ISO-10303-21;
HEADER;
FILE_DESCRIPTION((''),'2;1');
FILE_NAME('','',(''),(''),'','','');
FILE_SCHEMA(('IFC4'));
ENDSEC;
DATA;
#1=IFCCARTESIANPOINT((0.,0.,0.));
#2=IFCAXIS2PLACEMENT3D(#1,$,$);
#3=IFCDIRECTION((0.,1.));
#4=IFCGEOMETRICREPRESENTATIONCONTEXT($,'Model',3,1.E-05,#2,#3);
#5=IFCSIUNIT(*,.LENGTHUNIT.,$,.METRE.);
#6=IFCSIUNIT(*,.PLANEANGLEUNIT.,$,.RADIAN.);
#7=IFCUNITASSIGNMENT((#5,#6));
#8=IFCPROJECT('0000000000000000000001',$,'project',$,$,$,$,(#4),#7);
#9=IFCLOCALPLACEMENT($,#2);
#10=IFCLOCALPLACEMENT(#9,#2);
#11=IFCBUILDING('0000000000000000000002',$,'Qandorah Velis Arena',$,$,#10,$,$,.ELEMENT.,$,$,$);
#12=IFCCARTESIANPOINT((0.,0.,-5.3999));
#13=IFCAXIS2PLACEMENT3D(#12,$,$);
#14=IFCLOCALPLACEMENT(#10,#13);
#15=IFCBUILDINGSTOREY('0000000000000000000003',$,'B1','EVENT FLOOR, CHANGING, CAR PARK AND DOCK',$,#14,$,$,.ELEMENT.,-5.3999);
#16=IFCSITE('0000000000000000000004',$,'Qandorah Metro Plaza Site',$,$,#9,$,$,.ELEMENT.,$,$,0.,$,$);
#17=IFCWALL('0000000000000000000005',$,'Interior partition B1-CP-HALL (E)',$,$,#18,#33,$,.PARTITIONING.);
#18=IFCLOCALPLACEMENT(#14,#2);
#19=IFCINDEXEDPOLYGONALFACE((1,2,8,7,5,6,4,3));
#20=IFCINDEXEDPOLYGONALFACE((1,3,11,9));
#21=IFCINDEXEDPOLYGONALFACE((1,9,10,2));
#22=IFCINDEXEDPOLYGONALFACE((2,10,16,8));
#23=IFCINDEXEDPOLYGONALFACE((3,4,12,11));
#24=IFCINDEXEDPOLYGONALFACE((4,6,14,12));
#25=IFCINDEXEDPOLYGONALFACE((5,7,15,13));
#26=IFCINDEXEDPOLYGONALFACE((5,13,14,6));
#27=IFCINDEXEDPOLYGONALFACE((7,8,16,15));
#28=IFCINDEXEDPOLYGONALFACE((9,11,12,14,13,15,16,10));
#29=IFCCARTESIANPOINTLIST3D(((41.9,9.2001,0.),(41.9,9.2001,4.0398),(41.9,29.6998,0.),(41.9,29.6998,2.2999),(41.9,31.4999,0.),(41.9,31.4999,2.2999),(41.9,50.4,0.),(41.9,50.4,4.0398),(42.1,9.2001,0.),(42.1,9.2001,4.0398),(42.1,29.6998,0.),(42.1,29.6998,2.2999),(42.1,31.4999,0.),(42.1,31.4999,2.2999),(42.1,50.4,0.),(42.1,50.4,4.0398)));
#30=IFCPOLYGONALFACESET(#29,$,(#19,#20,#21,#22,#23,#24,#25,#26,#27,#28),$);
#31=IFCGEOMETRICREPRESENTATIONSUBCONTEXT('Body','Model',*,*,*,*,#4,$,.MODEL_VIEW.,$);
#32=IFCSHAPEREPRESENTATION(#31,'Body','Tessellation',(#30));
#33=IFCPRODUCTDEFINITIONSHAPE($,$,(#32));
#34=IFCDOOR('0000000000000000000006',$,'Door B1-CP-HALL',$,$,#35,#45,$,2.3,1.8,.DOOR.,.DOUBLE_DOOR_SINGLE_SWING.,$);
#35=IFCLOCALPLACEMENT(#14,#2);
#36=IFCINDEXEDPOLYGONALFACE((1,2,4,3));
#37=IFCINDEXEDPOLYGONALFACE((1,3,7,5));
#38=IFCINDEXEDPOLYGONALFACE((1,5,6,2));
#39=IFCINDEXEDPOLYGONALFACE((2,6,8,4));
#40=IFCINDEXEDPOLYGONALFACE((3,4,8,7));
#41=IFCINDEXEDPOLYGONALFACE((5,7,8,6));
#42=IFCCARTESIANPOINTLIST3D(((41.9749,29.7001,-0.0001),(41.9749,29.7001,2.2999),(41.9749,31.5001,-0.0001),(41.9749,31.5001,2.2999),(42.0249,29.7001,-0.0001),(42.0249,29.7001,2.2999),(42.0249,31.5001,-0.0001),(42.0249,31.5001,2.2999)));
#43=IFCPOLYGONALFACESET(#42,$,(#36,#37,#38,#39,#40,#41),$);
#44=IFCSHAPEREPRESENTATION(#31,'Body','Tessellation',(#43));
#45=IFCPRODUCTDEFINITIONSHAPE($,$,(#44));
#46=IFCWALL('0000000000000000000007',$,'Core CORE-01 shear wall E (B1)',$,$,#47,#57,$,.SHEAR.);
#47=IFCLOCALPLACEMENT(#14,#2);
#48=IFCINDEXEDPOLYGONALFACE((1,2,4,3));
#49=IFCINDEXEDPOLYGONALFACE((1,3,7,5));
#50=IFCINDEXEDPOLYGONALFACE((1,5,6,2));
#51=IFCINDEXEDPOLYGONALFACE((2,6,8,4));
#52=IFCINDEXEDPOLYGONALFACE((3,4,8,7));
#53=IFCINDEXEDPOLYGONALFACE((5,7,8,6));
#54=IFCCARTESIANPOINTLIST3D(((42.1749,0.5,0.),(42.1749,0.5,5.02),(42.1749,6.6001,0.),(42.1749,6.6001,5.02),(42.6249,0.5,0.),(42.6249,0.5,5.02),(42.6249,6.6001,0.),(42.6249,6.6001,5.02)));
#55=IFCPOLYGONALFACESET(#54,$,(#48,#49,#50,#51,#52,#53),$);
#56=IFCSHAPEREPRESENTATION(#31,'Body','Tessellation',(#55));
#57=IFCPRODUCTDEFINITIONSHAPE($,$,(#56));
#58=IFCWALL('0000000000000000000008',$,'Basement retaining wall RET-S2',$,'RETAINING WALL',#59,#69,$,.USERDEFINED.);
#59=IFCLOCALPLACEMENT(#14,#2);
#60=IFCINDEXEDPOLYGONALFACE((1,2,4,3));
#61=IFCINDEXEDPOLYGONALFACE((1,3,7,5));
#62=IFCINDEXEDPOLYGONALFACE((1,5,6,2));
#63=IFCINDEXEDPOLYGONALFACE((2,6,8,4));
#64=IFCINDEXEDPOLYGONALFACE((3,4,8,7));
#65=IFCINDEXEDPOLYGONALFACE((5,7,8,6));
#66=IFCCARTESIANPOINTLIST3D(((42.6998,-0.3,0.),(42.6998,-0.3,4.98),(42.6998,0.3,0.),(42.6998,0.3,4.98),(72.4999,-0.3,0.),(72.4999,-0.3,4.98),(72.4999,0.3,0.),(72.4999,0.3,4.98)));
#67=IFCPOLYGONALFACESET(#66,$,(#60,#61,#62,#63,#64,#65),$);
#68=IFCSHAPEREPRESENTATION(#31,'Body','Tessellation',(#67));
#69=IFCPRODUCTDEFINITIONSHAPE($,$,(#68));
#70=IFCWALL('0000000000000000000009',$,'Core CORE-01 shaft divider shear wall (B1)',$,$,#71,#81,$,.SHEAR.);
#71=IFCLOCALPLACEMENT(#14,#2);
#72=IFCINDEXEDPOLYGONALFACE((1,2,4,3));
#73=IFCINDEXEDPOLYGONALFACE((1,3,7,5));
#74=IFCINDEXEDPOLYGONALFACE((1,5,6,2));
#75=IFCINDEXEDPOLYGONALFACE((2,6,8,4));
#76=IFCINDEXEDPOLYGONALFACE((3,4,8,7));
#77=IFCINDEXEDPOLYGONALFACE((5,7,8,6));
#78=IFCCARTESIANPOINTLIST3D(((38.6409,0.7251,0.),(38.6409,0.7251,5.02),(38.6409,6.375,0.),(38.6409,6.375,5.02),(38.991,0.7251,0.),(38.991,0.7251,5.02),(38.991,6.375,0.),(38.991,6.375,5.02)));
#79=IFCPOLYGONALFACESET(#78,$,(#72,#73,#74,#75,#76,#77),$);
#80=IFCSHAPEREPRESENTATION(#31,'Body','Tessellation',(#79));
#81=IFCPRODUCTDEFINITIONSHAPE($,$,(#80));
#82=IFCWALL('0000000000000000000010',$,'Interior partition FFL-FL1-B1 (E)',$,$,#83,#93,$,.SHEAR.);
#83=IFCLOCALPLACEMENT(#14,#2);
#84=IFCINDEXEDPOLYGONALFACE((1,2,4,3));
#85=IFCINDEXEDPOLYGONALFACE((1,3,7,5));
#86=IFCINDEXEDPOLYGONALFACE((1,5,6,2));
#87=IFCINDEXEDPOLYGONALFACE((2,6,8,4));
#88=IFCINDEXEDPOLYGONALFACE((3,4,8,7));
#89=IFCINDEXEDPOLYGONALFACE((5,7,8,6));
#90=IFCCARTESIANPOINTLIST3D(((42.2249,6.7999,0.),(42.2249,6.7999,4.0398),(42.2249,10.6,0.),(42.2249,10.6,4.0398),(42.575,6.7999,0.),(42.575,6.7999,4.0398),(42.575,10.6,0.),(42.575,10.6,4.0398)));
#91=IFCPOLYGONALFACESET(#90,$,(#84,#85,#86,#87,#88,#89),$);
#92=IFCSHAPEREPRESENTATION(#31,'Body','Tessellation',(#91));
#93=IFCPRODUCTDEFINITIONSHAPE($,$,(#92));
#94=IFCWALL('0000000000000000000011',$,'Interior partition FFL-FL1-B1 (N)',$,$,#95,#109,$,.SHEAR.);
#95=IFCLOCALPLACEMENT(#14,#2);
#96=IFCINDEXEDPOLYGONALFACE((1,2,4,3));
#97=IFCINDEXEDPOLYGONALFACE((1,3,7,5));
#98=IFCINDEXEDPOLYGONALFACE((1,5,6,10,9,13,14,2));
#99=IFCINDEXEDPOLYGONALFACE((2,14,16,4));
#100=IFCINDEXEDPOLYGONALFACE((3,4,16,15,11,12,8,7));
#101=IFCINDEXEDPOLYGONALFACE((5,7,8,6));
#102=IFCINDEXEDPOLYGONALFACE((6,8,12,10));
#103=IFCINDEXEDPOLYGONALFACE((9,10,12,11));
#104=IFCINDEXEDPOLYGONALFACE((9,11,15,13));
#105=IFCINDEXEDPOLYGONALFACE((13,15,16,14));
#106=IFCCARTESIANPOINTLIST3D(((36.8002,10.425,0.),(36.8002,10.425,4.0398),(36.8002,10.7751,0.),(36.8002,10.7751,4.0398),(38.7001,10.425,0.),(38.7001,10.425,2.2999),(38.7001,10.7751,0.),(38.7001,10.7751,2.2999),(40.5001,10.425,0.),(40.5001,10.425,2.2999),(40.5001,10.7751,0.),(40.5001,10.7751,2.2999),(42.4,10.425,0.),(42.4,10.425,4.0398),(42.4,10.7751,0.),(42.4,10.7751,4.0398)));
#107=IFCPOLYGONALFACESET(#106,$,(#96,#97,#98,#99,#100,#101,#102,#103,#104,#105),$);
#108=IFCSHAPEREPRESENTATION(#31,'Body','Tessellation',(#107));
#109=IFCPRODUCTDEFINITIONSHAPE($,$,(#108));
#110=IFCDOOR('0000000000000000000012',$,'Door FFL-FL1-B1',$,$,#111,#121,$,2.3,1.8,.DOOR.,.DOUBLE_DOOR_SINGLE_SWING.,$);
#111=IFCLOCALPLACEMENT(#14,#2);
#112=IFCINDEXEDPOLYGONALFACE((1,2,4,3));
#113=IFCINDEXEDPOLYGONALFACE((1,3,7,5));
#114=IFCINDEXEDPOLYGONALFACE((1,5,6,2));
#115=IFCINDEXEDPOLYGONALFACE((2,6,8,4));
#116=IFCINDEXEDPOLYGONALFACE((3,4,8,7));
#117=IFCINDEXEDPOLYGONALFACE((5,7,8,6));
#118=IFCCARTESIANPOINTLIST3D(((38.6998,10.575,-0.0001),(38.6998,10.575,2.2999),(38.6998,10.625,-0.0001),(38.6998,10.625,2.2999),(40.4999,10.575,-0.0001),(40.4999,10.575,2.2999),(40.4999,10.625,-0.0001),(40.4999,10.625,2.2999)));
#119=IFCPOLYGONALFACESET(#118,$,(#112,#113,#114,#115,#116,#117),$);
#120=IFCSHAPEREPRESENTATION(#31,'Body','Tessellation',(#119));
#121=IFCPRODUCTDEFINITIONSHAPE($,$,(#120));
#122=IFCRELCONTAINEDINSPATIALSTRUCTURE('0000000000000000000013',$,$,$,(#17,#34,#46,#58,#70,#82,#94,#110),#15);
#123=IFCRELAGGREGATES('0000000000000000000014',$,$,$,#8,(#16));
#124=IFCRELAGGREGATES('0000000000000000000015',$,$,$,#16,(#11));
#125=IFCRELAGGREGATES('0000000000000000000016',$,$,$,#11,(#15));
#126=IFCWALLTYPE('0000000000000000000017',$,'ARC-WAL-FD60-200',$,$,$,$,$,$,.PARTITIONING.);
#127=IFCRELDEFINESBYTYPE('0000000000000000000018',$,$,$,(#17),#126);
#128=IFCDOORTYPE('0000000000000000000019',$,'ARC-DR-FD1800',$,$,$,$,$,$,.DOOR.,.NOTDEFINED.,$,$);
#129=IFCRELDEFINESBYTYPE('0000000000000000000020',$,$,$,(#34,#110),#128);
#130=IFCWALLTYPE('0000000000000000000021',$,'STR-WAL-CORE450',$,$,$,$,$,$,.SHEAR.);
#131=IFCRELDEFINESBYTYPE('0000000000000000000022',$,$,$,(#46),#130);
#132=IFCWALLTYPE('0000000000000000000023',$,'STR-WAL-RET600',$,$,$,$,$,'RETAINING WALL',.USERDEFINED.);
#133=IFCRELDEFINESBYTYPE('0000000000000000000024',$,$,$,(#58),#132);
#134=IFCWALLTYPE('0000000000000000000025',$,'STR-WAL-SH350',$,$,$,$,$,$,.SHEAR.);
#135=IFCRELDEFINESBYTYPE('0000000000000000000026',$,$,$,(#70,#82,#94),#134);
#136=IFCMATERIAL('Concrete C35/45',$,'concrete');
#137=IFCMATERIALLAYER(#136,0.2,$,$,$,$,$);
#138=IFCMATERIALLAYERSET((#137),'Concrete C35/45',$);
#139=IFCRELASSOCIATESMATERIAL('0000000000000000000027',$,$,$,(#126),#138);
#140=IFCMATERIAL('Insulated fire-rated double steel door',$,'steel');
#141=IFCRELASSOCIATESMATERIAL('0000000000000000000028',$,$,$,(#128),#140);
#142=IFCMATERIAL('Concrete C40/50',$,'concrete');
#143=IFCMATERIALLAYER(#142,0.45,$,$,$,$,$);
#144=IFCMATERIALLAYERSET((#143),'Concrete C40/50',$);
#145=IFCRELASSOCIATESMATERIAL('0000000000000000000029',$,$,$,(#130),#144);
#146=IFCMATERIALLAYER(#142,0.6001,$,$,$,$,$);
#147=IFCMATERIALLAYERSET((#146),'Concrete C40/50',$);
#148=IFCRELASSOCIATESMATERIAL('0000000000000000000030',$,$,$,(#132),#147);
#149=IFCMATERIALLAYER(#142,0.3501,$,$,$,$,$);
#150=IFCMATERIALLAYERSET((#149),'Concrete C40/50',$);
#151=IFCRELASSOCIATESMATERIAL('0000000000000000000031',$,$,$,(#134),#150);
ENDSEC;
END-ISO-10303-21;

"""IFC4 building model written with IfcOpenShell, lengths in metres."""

from ifc_helpers import new_model, si_unit, direction, frame, frame_2d, origin, place, context, subcontext, project, spatial, rectangle, extrude, material, layer, layer_set, type_object, element, fill, save


model = new_model("IFC4")

# Units and contexts
model_context = context("Model", 3, precision=1e-05, world=origin(), true_north=direction((0.0, 1.0)))
body_context = subcontext(model_context, "Body", "Model", "MODEL_VIEW")
ifc_project = project(units=[si_unit("LENGTHUNIT", "METRE"), si_unit("PLANEANGLEUNIT", "RADIAN")], contexts=[model_context])

# Site, building, storey
site_placement = place(None, origin())
site = spatial("IfcSite", under=ifc_project, at=site_placement, Name="Qandorah Metro Plaza Site", CompositionType="ELEMENT", RefElevation=0.0)
building_placement = place(site_placement, origin())
building = spatial("IfcBuilding", under=site, at=building_placement, Name="Qandorah Velis Arena", CompositionType="ELEMENT")
storey_placement = place(building_placement, frame((0.0, 0.0, -5.3999)))
storey = spatial("IfcBuildingStorey", under=building, at=storey_placement, Name="B1", Description="EVENT FLOOR, CHANGING, CAR PARK AND DOCK", CompositionType="ELEMENT", Elevation=-5.3999)

# Shared definitions
ifc_material_1 = material(Name="Concrete C40/50", Category="concrete")

# Wall, opening, door
ifc_material_2 = material(Name="Concrete C35/45", Category="concrete")
ifc_layer_1 = layer(ifc_material_2, 0.2)
ifc_layer_set_1 = layer_set([ifc_layer_1], Name="Concrete C35/45")
wall_type_1 = type_object("IfcWallType", Name="ARC-WAL-FD60-200", PredefinedType="PARTITIONING", material=ifc_layer_set_1)
wall_1_placement = place(storey_placement, frame((42.0, 9.2, 0.0), z_axis=(0.0, 0.0, 1.0), x_axis=(0.0, 1.0, 0.0)))
wall_1 = element("IfcWall", 1, at=wall_1_placement, inside=storey, type_object=wall_type_1, Name="Interior partition B1-CP-HALL (E)", PredefinedType="PARTITIONING", context=body_context, shape_type="SweptSolid", body=[
    extrude(rectangle(XDim=41.2, YDim=0.2, at=frame_2d((20.6001, 0.0))), origin(), (0.0, 0.0, 1.0), 4.0398),
])
opening_1_placement = place(wall_1_placement, frame((20.5, 0.0, 0.0)))
opening_1 = element("IfcOpeningElement", 2, at=opening_1_placement, cuts=wall_1, PredefinedType="OPENING", context=body_context, shape_type="SweptSolid", body=[
    extrude(rectangle(XDim=1.8, YDim=2.3, at=frame_2d((0.8999, 1.1499))), frame((0.0, 0.1099, 0.0), z_axis=(0.0, -1.0, 0.0), x_axis=(1.0, 0.0, 0.0)), (0.0, 0.0, 1.0), 0.22),
])
ifc_material_3 = material(Name="Insulated fire-rated double steel door", Category="steel")
door_type = type_object("IfcDoorType", Name="ARC-DR-FD1800", OperationType="NOTDEFINED", PredefinedType="DOOR", material=ifc_material_3)
door_1_placement = place(opening_1_placement, frame((1.8, 0.0, 0.0), z_axis=(0.0, 0.0, 1.0), x_axis=(-1.0, 0.0, 0.0)))
door_1 = element("IfcDoor", 3, at=door_1_placement, inside=storey, type_object=door_type, Name="Door B1-CP-HALL", OperationType="DOUBLE_DOOR_SINGLE_SWING", OverallHeight=2.3, OverallWidth=1.8, PredefinedType="DOOR", context=body_context, shape_type="SweptSolid", body=[
    extrude(rectangle(XDim=1.8, YDim=2.3, at=frame_2d((0.8999, 1.1499))), frame((0.0, 0.0249, 0.0), z_axis=(0.0, -1.0, 0.0), x_axis=(1.0, 0.0, 0.0)), (0.0, 0.0, 1.0), 0.05),
])
fill(opening_1, door_1)

# Walls
ifc_layer_2 = layer(ifc_material_1, 0.45)
ifc_layer_set_2 = layer_set([ifc_layer_2], Name="Concrete C40/50")
wall_type_2 = type_object("IfcWallType", Name="STR-WAL-CORE450", PredefinedType="SHEAR", material=ifc_layer_set_2)
wall_2_placement = place(storey_placement, frame((42.3999, 0.5, 0.0), z_axis=(0.0, 0.0, 1.0), x_axis=(0.0, 1.0, 0.0)))
element("IfcWall", 4, at=wall_2_placement, inside=storey, type_object=wall_type_2, Name="Core CORE-01 shear wall E (B1)", PredefinedType="SHEAR", context=body_context, shape_type="SweptSolid", body=[
    extrude(rectangle(XDim=6.1001, YDim=0.45, at=frame_2d((3.05, 0.0))), origin(), (0.0, 0.0, 1.0), 5.02),
])
ifc_layer_3 = layer(ifc_material_1, 0.6001)
ifc_layer_set_3 = layer_set([ifc_layer_3], Name="Concrete C40/50")
wall_type_3 = type_object("IfcWallType", Name="STR-WAL-RET600", ElementType="RETAINING WALL", PredefinedType="USERDEFINED", material=ifc_layer_set_3)
wall_3_placement = place(storey_placement, frame((42.7, 0.0, 0.0), z_axis=(0.0, 0.0, 1.0), x_axis=(1.0, 0.0, 0.0)))
element("IfcWall", 5, at=wall_3_placement, inside=storey, type_object=wall_type_3, Name="Basement retaining wall RET-S2", ObjectType="RETAINING WALL", PredefinedType="USERDEFINED", context=body_context, shape_type="SweptSolid", body=[
    extrude(rectangle(XDim=29.8, YDim=0.6001, at=frame_2d((14.8999, 0.0))), origin(), (0.0, 0.0, 1.0), 4.98),
])
ifc_layer_4 = layer(ifc_material_1, 0.3501)
ifc_layer_set_4 = layer_set([ifc_layer_4], Name="Concrete C40/50")
wall_type_4 = type_object("IfcWallType", Name="STR-WAL-SH350", PredefinedType="SHEAR", material=ifc_layer_set_4)
wall_4_placement = place(storey_placement, frame((38.8159, 0.7251, 0.0), z_axis=(0.0, 0.0, 1.0), x_axis=(0.0, 1.0, 0.0)))
element("IfcWall", 6, at=wall_4_placement, inside=storey, type_object=wall_type_4, Name="Core CORE-01 shaft divider shear wall (B1)", PredefinedType="SHEAR", context=body_context, shape_type="SweptSolid", body=[
    extrude(rectangle(XDim=5.6499, YDim=0.3501, at=frame_2d((2.825, 0.0))), origin(), (0.0, 0.0, 1.0), 5.02),
])
wall_5_placement = place(storey_placement, frame((42.3999, 6.8, 0.0), z_axis=(0.0, 0.0, 1.0), x_axis=(0.0, 1.0, 0.0)))
element("IfcWall", 7, at=wall_5_placement, inside=storey, type_object=wall_type_4, Name="Interior partition FFL-FL1-B1 (E)", PredefinedType="SHEAR", context=body_context, shape_type="SweptSolid", body=[
    extrude(rectangle(XDim=3.8, YDim=0.3501, at=frame_2d((1.8999, 0.0))), origin(), (0.0, 0.0, 1.0), 4.0398),
])

# Wall, opening, door
wall_6_placement = place(storey_placement, frame((42.3999, 10.6001, 0.0), z_axis=(0.0, 0.0, 1.0), x_axis=(-1.0, 0.0, 0.0)))
wall_6 = element("IfcWall", 8, at=wall_6_placement, inside=storey, type_object=wall_type_4, Name="Interior partition FFL-FL1-B1 (N)", PredefinedType="SHEAR", context=body_context, shape_type="SweptSolid", body=[
    extrude(rectangle(XDim=5.5999, YDim=0.3501, at=frame_2d((2.7998, 0.0))), origin(), (0.0, 0.0, 1.0), 4.0398),
])
opening_2_placement = place(wall_6_placement, frame((1.8999, 0.0, 0.0)))
opening_2 = element("IfcOpeningElement", 9, at=opening_2_placement, cuts=wall_6, PredefinedType="OPENING", context=body_context, shape_type="SweptSolid", body=[
    extrude(rectangle(XDim=1.8, YDim=2.3, at=frame_2d((0.8999, 1.1499))), frame((0.0, 0.1851, 0.0), z_axis=(0.0, -1.0, 0.0), x_axis=(1.0, 0.0, 0.0)), (0.0, 0.0, 1.0), 0.3701),
])
door_2_placement = place(opening_2_placement, frame((1.8, 0.0, 0.0), z_axis=(0.0, 0.0, 1.0), x_axis=(-1.0, 0.0, 0.0)))
door_2 = element("IfcDoor", 10, at=door_2_placement, inside=storey, type_object=door_type, Name="Door FFL-FL1-B1", OperationType="DOUBLE_DOOR_SINGLE_SWING", OverallHeight=2.3, OverallWidth=1.8, PredefinedType="DOOR", context=body_context, shape_type="SweptSolid", body=[
    extrude(rectangle(XDim=1.8, YDim=2.3, at=frame_2d((0.8999, 1.1499))), frame((0.0, 0.0249, 0.0), z_axis=(0.0, -1.0, 0.0), x_axis=(1.0, 0.0, 0.0)), (0.0, 0.0, 1.0), 0.05),
])
fill(opening_2, door_2)

save(model, "model.ifc")
